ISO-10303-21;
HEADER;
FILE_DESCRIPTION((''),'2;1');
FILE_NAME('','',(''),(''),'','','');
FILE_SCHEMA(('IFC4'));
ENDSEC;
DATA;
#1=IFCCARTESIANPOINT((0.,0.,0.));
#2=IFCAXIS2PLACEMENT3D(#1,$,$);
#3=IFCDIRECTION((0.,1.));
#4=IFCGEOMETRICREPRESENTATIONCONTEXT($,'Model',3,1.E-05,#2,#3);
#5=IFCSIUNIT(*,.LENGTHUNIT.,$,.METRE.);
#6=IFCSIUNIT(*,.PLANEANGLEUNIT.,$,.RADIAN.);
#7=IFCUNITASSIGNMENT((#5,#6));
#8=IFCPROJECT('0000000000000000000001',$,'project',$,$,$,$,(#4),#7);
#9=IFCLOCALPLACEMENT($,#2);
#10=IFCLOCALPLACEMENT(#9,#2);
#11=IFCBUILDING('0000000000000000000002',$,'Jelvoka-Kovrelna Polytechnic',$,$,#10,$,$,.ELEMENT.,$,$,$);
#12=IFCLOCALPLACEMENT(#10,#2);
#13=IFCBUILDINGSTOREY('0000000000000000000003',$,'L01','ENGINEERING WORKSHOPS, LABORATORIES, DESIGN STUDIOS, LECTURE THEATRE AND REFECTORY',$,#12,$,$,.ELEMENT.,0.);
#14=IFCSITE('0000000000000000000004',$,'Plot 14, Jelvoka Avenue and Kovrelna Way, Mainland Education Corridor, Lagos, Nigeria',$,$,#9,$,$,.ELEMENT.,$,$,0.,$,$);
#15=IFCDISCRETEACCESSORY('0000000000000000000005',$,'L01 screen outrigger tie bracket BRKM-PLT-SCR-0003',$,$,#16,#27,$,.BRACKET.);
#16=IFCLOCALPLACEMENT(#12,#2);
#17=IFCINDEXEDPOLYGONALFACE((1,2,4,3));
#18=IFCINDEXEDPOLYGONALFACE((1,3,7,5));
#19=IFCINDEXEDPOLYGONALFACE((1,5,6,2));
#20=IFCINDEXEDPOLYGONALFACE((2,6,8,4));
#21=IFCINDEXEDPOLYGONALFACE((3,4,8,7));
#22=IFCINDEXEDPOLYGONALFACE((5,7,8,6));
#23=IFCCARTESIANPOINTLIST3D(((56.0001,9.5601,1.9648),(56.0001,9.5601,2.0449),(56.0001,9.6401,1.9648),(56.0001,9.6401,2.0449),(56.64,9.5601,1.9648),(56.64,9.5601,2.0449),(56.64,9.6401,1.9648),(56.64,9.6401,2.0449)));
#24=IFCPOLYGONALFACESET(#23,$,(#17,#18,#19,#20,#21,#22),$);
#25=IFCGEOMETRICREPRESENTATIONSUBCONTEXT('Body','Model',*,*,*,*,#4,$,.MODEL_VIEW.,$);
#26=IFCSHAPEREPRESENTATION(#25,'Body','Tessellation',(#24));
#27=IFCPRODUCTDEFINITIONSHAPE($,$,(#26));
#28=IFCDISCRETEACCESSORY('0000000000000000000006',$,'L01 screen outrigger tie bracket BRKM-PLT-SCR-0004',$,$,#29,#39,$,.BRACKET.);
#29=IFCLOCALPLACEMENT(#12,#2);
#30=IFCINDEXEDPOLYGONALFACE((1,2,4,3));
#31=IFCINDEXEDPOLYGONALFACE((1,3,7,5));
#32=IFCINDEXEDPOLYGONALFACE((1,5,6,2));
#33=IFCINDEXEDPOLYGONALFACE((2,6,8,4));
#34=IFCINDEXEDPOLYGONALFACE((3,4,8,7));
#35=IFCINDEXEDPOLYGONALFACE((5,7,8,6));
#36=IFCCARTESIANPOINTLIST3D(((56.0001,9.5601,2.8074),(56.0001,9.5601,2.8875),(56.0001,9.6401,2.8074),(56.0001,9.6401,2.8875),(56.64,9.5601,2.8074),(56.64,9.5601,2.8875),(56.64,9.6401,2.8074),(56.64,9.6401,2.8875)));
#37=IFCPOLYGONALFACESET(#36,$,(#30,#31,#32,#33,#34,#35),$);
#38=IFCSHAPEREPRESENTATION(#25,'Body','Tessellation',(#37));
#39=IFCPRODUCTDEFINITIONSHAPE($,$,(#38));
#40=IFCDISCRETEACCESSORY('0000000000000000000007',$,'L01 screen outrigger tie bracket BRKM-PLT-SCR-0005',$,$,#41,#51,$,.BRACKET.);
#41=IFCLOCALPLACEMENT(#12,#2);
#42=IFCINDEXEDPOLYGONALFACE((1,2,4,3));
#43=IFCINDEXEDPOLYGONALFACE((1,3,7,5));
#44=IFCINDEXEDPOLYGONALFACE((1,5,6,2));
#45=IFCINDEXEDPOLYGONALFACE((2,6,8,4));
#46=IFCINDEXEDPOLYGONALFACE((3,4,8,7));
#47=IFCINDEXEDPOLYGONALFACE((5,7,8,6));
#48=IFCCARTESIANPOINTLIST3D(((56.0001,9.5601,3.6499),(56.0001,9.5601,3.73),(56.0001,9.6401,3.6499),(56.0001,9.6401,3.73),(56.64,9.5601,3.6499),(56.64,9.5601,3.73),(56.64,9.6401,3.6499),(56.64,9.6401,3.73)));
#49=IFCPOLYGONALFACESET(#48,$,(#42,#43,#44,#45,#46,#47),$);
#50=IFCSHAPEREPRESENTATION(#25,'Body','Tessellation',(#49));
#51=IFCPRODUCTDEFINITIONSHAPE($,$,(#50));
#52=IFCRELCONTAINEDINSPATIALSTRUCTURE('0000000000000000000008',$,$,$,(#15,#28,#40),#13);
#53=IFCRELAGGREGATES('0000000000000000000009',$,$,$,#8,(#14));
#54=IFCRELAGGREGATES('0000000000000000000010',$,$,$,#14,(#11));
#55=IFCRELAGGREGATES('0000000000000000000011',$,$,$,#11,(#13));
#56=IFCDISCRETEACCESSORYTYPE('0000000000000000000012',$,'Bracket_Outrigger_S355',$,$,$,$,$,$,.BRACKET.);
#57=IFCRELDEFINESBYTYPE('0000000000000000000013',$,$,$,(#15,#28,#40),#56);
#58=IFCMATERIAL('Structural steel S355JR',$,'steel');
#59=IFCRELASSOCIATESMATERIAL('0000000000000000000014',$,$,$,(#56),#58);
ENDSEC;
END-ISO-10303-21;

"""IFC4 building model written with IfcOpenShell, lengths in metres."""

from ifc_helpers import new_model, si_unit, direction, frame, origin, origin_2d, place, context, subcontext, project, spatial, rectangle, extrude, material, type_object, element, save


model = new_model("IFC4")

# Units and contexts
model_context = context("Model", 3, precision=1e-05, world=origin(), true_north=direction((0.0, 1.0)))
body_context = subcontext(model_context, "Body", "Model", "MODEL_VIEW")
ifc_project = project(units=[si_unit("LENGTHUNIT", "METRE"), si_unit("PLANEANGLEUNIT", "RADIAN")], contexts=[model_context])

# Site, building, storey
site_placement = place(None, origin())
site = spatial("IfcSite", under=ifc_project, at=site_placement, Name="Plot 14, Jelvoka Avenue and Kovrelna Way, Mainland Education Corridor, Lagos, Nigeria", CompositionType="ELEMENT", RefElevation=0.0)
building_placement = place(site_placement, origin())
building = spatial("IfcBuilding", under=site, at=building_placement, Name="Jelvoka-Kovrelna Polytechnic", CompositionType="ELEMENT")
storey_placement = place(building_placement, origin())
storey = spatial("IfcBuildingStorey", under=building, at=storey_placement, Name="L01", Description="ENGINEERING WORKSHOPS, LABORATORIES, DESIGN STUDIOS, LECTURE THEATRE AND REFECTORY", CompositionType="ELEMENT", Elevation=0.0)

# Discrete accessories
ifc_material_1 = material(Name="Structural steel S355JR", Category="steel")
discrete_accessory_type = type_object("IfcDiscreteAccessoryType", Name="Bracket_Outrigger_S355", PredefinedType="BRACKET", material=ifc_material_1)
for number, where, z_axis, x_axis, name in (
    (1, (56.3201, 9.6001, 1.9648), (0.0, 0.0, 1.0), (1.0, 0.0, 0.0), "L01 screen outrigger tie bracket BRKM-PLT-SCR-0003"),
    (2, (56.3201, 9.6001, 2.8074), (0.0, 0.0, 1.0), (1.0, 0.0, 0.0), "L01 screen outrigger tie bracket BRKM-PLT-SCR-0004"),
    (3, (56.3201, 9.6001, 3.6499), (0.0, 0.0, 1.0), (1.0, 0.0, 0.0), "L01 screen outrigger tie bracket BRKM-PLT-SCR-0005"),
):
    element("IfcDiscreteAccessory", number, at=place(storey_placement, frame(where, z_axis=z_axis, x_axis=x_axis)), inside=storey, type_object=discrete_accessory_type, Name=name, PredefinedType="BRACKET", context=body_context, shape_type="SweptSolid", body=[
        extrude(rectangle(XDim=0.6399, YDim=0.0801, at=origin_2d()), origin(), (0.0, 0.0, 1.0), 0.0801),
    ])

save(model, "model.ifc")
